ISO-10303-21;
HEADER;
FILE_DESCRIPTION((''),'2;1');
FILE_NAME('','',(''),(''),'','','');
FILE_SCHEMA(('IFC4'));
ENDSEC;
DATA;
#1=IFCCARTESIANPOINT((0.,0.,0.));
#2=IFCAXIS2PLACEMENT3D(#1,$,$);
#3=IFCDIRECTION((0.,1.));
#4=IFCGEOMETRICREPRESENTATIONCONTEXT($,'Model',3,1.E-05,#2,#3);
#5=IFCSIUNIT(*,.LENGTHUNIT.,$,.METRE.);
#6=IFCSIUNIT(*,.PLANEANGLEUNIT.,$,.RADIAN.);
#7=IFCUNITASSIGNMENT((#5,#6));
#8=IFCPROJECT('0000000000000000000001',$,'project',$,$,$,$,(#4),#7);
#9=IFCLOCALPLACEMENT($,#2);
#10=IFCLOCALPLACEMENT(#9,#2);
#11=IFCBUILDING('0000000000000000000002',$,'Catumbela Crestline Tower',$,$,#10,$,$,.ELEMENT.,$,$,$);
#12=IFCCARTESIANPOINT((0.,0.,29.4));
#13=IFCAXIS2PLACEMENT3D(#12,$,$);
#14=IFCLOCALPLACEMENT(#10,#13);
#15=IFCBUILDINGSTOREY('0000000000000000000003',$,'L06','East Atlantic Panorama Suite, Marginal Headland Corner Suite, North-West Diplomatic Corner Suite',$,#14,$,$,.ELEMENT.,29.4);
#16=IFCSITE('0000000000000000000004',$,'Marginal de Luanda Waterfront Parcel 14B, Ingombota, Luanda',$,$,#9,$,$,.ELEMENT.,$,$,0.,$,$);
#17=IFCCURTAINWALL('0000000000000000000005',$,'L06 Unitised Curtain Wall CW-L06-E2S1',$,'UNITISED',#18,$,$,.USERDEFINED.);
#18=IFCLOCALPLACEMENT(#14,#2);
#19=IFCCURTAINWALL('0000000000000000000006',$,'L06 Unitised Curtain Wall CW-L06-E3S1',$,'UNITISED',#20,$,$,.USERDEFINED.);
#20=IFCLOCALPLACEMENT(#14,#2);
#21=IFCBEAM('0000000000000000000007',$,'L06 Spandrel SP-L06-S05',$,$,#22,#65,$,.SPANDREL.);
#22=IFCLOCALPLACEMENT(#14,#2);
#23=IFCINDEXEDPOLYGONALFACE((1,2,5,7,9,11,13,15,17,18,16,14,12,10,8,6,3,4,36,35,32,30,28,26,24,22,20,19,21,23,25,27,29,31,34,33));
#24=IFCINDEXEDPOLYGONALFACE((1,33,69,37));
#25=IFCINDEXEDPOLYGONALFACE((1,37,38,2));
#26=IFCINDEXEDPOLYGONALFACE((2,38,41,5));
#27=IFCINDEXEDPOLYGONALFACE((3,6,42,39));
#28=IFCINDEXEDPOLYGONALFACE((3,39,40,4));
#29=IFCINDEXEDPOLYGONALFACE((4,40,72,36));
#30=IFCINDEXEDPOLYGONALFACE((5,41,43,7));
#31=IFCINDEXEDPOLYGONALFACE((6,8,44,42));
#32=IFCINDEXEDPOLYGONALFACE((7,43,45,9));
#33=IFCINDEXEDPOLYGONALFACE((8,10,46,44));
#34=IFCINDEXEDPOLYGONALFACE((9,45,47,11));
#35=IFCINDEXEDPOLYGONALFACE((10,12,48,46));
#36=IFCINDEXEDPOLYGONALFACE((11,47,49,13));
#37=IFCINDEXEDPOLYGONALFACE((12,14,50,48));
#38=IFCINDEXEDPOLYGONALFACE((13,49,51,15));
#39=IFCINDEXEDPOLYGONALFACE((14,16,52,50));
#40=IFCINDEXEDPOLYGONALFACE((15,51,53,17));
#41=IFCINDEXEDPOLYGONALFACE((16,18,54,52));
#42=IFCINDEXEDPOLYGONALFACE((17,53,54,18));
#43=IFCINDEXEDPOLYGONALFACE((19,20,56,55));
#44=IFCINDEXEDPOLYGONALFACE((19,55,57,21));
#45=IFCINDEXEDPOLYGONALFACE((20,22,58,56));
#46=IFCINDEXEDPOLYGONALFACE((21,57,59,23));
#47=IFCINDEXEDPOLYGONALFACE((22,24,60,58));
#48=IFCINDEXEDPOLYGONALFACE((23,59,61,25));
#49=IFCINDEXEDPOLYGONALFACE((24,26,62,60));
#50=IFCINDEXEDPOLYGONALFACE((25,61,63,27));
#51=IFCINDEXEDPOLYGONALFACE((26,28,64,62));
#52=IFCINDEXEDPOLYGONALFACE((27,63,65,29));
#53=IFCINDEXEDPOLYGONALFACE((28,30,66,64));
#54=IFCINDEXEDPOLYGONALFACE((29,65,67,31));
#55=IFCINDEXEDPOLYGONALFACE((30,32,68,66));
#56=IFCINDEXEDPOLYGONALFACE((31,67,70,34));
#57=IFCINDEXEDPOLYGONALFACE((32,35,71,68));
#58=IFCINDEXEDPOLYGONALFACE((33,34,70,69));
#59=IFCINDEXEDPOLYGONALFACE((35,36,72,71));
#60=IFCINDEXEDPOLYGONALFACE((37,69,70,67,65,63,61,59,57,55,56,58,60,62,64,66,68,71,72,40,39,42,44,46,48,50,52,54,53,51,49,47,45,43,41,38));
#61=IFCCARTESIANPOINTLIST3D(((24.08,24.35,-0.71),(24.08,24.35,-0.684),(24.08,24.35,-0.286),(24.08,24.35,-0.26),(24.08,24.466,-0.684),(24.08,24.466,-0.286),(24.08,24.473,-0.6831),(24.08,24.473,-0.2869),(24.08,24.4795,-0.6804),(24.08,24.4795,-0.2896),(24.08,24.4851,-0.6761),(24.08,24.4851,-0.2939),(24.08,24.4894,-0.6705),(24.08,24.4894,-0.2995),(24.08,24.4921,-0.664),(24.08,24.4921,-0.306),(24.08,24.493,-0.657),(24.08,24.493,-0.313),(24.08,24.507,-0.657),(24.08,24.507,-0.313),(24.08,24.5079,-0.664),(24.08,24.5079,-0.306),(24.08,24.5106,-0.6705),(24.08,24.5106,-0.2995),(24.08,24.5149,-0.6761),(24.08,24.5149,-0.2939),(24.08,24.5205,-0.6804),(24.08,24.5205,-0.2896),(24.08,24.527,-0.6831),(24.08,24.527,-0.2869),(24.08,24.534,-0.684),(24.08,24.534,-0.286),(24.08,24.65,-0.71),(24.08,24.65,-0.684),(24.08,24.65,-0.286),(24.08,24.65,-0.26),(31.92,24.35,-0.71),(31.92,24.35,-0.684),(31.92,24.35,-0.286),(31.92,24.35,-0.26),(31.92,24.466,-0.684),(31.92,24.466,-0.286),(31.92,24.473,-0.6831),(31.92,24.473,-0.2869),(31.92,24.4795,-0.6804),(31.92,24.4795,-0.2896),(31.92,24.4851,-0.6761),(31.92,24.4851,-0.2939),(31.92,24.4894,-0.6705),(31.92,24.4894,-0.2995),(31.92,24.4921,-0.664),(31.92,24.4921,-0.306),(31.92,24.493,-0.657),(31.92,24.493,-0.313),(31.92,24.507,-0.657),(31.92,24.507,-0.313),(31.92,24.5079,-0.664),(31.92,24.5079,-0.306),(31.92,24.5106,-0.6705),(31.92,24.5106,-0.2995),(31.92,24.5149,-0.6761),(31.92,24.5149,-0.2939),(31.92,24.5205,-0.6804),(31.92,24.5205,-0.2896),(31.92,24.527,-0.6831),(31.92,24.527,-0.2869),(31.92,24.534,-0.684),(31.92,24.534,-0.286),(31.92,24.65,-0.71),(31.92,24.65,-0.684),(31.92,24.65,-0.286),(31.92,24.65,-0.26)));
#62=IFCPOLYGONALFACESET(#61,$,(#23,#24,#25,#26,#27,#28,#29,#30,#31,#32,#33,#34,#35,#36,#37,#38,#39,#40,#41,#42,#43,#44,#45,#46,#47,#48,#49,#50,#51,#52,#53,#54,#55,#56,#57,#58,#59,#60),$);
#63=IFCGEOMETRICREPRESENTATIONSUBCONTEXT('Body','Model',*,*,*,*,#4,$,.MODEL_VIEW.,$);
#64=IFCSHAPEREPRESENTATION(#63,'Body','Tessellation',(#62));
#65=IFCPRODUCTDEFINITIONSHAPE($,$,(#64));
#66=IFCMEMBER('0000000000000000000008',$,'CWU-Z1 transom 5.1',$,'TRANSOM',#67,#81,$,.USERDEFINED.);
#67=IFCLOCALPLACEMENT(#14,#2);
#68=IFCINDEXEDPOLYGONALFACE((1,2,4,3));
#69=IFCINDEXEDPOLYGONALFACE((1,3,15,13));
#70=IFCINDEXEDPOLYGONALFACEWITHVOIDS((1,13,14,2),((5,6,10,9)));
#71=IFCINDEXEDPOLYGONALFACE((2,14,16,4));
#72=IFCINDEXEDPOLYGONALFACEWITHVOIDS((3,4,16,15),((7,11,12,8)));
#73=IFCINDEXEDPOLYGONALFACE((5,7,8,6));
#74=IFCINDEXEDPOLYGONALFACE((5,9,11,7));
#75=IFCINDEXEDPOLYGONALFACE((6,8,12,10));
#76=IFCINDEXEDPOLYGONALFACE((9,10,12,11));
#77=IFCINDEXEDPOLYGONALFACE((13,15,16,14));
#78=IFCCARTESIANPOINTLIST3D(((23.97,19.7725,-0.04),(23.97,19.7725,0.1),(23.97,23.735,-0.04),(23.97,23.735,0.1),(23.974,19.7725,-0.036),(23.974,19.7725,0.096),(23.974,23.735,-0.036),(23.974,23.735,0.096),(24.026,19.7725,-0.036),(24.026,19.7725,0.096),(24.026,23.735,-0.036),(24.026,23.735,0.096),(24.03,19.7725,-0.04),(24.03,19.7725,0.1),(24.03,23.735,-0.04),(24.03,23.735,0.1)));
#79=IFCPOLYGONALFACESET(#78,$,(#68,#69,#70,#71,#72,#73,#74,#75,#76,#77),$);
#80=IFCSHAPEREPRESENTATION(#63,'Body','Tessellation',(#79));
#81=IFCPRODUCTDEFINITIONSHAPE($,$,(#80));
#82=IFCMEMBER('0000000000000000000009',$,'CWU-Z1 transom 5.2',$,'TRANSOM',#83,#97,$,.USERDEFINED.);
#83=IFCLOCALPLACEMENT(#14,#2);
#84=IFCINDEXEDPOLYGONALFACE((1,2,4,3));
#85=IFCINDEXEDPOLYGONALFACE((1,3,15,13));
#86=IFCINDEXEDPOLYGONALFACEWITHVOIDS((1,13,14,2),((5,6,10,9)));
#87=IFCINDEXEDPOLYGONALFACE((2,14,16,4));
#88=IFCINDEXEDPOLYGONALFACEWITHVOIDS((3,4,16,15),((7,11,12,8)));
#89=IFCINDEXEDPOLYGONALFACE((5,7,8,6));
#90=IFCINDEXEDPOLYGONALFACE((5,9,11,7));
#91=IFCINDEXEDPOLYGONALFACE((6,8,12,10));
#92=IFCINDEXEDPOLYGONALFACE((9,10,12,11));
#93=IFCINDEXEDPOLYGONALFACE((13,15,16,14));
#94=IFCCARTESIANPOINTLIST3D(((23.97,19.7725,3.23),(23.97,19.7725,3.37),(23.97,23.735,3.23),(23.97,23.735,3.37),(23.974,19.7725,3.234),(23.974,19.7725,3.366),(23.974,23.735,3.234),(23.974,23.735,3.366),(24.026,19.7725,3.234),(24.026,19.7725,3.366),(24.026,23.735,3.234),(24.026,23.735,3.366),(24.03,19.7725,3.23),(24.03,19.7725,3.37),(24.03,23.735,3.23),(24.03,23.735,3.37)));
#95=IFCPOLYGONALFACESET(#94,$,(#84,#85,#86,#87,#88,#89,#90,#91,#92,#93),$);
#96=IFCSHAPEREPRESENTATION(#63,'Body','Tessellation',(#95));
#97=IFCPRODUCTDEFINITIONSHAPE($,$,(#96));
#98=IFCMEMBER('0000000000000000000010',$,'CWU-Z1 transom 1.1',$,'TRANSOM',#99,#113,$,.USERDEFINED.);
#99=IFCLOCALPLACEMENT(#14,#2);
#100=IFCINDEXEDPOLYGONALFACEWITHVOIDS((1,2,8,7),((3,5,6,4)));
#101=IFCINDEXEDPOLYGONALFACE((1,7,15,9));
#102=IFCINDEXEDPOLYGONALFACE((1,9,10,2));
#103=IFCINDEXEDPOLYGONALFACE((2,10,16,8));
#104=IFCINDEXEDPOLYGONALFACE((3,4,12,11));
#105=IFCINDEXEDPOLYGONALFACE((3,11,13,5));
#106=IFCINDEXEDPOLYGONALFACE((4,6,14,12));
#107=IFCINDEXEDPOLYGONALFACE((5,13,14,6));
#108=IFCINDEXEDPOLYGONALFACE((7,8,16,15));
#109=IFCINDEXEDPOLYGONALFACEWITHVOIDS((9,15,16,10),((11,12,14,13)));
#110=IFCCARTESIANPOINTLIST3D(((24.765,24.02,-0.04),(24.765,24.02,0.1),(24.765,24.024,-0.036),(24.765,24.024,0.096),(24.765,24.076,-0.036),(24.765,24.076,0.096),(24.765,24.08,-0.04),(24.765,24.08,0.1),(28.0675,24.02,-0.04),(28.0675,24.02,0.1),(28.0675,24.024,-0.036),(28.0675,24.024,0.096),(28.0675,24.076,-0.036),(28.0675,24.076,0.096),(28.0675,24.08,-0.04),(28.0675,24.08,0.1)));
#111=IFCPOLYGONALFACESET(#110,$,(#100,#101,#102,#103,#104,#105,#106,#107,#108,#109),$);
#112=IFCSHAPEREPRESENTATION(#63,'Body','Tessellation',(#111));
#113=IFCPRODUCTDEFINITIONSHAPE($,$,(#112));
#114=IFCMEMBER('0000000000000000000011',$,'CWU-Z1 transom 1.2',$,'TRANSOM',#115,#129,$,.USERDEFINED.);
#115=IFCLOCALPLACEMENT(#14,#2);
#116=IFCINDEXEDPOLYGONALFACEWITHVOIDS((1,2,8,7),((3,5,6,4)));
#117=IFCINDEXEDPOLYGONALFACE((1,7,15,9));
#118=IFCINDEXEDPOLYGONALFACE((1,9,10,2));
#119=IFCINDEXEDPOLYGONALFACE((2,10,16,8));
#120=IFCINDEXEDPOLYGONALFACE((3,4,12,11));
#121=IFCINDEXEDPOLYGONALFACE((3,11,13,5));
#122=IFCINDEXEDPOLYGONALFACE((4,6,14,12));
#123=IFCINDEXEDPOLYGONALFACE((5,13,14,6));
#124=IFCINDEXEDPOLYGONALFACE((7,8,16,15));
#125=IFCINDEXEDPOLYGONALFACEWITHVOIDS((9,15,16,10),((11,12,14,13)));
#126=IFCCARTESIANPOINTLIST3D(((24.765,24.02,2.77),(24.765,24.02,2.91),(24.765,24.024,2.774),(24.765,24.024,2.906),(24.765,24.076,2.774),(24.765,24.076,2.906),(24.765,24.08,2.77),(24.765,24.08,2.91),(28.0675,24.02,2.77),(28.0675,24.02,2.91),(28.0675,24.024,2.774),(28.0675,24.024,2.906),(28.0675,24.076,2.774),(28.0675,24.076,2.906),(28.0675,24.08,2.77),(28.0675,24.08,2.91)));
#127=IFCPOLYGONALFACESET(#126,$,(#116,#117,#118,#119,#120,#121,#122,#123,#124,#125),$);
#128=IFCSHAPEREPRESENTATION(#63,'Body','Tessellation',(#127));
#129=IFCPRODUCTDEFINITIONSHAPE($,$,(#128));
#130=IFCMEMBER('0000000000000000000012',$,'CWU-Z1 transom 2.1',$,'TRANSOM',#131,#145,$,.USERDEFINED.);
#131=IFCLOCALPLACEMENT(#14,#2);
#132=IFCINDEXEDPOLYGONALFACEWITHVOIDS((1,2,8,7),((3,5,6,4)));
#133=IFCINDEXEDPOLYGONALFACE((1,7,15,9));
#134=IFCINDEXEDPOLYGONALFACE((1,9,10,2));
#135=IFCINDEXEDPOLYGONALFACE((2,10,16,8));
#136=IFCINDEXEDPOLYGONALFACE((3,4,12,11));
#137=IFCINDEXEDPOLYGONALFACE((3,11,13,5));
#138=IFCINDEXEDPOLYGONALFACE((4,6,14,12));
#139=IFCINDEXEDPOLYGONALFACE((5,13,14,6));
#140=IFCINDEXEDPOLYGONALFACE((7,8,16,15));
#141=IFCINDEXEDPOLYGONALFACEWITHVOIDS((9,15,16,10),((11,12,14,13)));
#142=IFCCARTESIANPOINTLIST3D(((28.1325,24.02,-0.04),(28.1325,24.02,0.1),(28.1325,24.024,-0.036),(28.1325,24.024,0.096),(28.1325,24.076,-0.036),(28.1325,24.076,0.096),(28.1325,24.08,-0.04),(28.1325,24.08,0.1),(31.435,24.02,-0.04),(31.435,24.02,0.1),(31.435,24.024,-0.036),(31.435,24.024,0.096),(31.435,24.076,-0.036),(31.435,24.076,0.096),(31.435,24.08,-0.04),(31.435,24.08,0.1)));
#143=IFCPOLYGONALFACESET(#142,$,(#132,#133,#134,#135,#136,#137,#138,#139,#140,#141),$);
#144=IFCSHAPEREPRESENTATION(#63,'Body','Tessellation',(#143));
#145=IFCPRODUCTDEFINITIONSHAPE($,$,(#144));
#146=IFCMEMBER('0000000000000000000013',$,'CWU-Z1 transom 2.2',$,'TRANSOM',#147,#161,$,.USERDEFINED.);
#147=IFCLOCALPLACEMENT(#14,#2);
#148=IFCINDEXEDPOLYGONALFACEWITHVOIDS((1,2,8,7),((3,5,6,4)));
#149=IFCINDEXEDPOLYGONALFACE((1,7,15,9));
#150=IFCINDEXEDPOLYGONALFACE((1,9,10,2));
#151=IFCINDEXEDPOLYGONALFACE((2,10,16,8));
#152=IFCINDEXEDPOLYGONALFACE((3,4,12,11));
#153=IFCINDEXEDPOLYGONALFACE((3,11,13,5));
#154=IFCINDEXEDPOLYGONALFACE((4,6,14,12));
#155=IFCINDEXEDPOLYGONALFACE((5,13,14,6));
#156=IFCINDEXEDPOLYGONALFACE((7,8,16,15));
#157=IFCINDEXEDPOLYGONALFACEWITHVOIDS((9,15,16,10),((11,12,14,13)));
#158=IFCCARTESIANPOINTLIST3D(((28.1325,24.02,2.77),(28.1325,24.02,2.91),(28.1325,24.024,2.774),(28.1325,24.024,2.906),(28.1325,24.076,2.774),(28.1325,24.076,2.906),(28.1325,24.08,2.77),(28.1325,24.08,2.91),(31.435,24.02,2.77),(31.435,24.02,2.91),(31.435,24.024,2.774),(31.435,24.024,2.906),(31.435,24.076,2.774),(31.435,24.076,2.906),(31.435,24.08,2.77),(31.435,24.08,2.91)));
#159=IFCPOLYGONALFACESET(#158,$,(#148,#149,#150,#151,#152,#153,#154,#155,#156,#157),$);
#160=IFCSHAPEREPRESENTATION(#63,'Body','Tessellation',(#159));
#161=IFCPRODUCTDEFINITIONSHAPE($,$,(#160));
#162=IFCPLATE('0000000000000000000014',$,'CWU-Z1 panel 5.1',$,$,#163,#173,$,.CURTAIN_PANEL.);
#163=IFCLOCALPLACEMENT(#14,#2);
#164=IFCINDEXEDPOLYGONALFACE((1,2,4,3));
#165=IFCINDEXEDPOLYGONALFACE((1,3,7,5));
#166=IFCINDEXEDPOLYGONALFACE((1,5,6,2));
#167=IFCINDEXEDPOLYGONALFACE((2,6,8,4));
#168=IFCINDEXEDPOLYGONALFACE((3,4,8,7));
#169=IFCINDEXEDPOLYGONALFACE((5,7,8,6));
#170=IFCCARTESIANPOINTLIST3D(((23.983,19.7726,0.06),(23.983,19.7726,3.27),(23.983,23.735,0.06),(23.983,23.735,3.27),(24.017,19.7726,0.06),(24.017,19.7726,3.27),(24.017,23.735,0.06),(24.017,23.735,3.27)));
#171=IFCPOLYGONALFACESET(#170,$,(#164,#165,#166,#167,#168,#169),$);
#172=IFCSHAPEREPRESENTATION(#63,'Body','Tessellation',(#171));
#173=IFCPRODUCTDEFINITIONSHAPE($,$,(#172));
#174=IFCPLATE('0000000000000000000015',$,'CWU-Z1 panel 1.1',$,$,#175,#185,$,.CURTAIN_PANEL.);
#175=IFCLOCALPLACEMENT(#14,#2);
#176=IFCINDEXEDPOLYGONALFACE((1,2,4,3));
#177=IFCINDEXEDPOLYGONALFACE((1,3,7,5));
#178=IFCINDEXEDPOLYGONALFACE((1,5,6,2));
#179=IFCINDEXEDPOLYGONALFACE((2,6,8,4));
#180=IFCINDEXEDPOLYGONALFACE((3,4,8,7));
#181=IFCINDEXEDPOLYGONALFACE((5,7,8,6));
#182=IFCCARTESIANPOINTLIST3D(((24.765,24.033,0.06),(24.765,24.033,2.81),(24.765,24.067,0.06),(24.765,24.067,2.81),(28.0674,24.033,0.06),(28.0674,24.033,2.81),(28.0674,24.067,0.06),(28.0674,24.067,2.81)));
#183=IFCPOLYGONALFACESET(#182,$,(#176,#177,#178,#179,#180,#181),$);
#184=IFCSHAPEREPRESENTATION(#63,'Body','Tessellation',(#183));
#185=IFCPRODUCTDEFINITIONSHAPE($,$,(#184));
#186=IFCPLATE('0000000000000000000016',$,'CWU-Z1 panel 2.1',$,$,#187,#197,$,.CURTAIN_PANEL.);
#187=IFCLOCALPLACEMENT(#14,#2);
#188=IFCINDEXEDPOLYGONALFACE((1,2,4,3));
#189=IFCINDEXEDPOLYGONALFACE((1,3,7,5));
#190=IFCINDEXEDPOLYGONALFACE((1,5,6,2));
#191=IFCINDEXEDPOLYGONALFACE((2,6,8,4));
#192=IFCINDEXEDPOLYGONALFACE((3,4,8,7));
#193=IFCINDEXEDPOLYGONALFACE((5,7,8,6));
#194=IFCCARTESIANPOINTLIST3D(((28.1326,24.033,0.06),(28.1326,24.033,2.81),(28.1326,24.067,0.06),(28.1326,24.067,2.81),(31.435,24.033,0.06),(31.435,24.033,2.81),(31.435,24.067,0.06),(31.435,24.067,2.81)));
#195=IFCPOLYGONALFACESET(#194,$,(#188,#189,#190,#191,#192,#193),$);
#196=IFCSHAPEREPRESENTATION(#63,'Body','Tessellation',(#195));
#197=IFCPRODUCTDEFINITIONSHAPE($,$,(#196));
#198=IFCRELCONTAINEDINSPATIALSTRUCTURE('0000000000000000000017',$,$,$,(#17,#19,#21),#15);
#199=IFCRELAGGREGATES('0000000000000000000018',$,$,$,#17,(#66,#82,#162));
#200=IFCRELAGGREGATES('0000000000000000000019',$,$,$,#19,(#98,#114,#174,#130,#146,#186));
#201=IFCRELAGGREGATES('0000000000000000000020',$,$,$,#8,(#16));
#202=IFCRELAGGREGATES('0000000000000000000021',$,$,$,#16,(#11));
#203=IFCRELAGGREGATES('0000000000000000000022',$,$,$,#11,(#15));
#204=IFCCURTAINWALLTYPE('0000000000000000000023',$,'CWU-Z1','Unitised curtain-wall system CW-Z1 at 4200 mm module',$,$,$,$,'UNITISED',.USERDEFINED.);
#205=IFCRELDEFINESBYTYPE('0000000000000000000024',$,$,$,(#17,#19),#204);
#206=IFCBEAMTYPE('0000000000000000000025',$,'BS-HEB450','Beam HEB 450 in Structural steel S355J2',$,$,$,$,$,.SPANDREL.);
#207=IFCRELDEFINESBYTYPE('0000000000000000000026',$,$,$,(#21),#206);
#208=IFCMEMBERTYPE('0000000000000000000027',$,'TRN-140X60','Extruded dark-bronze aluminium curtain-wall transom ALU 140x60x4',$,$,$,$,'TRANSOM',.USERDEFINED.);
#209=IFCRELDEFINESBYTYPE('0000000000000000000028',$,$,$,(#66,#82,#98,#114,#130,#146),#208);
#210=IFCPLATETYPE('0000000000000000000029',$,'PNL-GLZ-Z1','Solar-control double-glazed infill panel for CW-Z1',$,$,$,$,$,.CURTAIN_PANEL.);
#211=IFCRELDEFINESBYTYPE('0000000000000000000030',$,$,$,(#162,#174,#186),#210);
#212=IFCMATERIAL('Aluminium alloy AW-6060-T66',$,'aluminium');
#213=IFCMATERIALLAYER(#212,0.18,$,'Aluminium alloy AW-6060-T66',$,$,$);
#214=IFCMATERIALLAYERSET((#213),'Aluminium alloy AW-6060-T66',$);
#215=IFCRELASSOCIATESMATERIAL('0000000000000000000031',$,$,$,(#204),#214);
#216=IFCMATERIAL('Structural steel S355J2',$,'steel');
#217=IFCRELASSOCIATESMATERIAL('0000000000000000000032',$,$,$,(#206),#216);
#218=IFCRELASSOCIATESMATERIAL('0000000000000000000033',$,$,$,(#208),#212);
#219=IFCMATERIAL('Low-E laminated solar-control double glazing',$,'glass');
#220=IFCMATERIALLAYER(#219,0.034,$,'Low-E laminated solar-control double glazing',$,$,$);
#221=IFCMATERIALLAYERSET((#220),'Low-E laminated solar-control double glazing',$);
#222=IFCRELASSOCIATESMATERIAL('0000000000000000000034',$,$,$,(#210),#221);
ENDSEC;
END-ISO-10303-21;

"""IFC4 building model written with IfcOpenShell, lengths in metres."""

from ifc_helpers import new_model, si_unit, direction, frame, origin, origin_2d, place, context, subcontext, project, spatial, rectangle, hollow_rectangle, i_section, extrude, material, layer, layer_set, material_profile, profile_set, type_object, element, aggregate, save


model = new_model("IFC4")

# Units and contexts
model_context = context("Model", 3, precision=1e-05, world=origin(), true_north=direction((0.0, 1.0)))
body_context = subcontext(model_context, "Body", "Model", "MODEL_VIEW")
ifc_project = project(units=[si_unit("LENGTHUNIT", "METRE"), si_unit("PLANEANGLEUNIT", "RADIAN")], contexts=[model_context])

# Site, building, storey
site_placement = place(None, origin())
site = spatial("IfcSite", under=ifc_project, at=site_placement, Name="Marginal de Luanda Waterfront Parcel 14B, Ingombota, Luanda", CompositionType="ELEMENT", RefElevation=0.0)
building_placement = place(site_placement, origin())
building = spatial("IfcBuilding", under=site, at=building_placement, Name="Catumbela Crestline Tower", CompositionType="ELEMENT")
storey_placement = place(building_placement, frame((0.0, 0.0, 29.4)))
storey = spatial("IfcBuildingStorey", under=building, at=storey_placement, Name="L06", Description="East Atlantic Panorama Suite, Marginal Headland Corner Suite, North-West Diplomatic Corner Suite", CompositionType="ELEMENT", Elevation=29.4)

# Shared definitions
ifc_material_1 = material(Name="Structural steel S355J2", Category="steel")

# Curtain walls
ifc_material_2 = material(Name="Aluminium alloy AW-6060-T66", Category="aluminium")
ifc_layer_1 = layer(ifc_material_2, 0.18, Name="Aluminium alloy AW-6060-T66")
ifc_layer_set_1 = layer_set([ifc_layer_1], Name="Aluminium alloy AW-6060-T66")
curtain_wall_type = type_object("IfcCurtainWallType", Name="CWU-Z1", Description="Unitised curtain-wall system CW-Z1 at 4200 mm module", ElementType="UNITISED", PredefinedType="USERDEFINED", material=ifc_layer_set_1)
curtain_wall_1_placement = place(storey_placement, origin())
curtain_wall_1 = element("IfcCurtainWall", 1, at=curtain_wall_1_placement, inside=storey, type_object=curtain_wall_type, Name="L06 Unitised Curtain Wall CW-L06-E2S1", ObjectType="UNITISED", PredefinedType="USERDEFINED")
curtain_wall_2_placement = place(storey_placement, origin())
curtain_wall_2 = element("IfcCurtainWall", 2, at=curtain_wall_2_placement, inside=storey, type_object=curtain_wall_type, Name="L06 Unitised Curtain Wall CW-L06-E3S1", ObjectType="UNITISED", PredefinedType="USERDEFINED")

# Beam
ifc_material_profile_1 = material_profile(ifc_material_1, i_section(OverallWidth=0.3, OverallDepth=0.45, WebThickness=0.014, FlangeThickness=0.026, FilletRadius=0.027, at=origin_2d()), Name="HEB 450")
ifc_profile_set_1 = profile_set([ifc_material_profile_1], Name="Structural steel S355J2")
beam_type_1 = type_object("IfcBeamType", Name="BS-HEB450", Description="Beam HEB 450 in Structural steel S355J2", PredefinedType="SPANDREL", material=ifc_profile_set_1)
beam_1_placement = place(storey_placement, frame((24.08, 24.5, -0.485), z_axis=(1.0, 0.0, 0.0), x_axis=(0.0, 1.0, 0.0)))
element("IfcBeam", 3, at=beam_1_placement, inside=storey, type_object=beam_type_1, Name="L06 Spandrel SP-L06-S05", PredefinedType="SPANDREL", context=body_context, shape_type="SweptSolid", body=[
    extrude(i_section(OverallWidth=0.3, OverallDepth=0.45, WebThickness=0.014, FlangeThickness=0.026, FilletRadius=0.027, at=origin_2d()), origin(), (0.0, 0.0, 1.0), 7.84),
])

# Members
ifc_material_profile_2 = material_profile(ifc_material_2, hollow_rectangle(XDim=0.06, YDim=0.14, WallThickness=0.004, at=origin_2d()), Name="ALU 140x60x4")
ifc_profile_set_2 = profile_set([ifc_material_profile_2], Name="Aluminium alloy AW-6060-T66")
member_type_1 = type_object("IfcMemberType", Name="TRN-140X60", Description="Extruded dark-bronze aluminium curtain-wall transom ALU 140x60x4", ElementType="TRANSOM", PredefinedType="USERDEFINED", material=ifc_profile_set_2)
member_1_placement = place(storey_placement, frame((24.0, 19.7725, 0.03), z_axis=(0.0, 1.0, 0.0), x_axis=(-1.0, 0.0, 0.0)))
member_1 = element("IfcMember", 4, at=member_1_placement, type_object=member_type_1, Name="CWU-Z1 transom 5.1", ObjectType="TRANSOM", PredefinedType="USERDEFINED", context=body_context, shape_type="SweptSolid", body=[
    extrude(hollow_rectangle(XDim=0.06, YDim=0.14, WallThickness=0.004, at=origin_2d()), origin(), (0.0, 0.0, 1.0), 3.9625),
])
member_2_placement = place(storey_placement, frame((24.0, 19.7725, 3.3), z_axis=(0.0, 1.0, 0.0), x_axis=(-1.0, 0.0, 0.0)))
member_2 = element("IfcMember", 5, at=member_2_placement, type_object=member_type_1, Name="CWU-Z1 transom 5.2", ObjectType="TRANSOM", PredefinedType="USERDEFINED", context=body_context, shape_type="SweptSolid", body=[
    extrude(hollow_rectangle(XDim=0.06, YDim=0.14, WallThickness=0.004, at=origin_2d()), origin(), (0.0, 0.0, 1.0), 3.9625),
])
member_3_placement = place(storey_placement, frame((24.765, 24.05, 0.03), z_axis=(1.0, 0.0, 0.0), x_axis=(0.0, 1.0, 0.0)))
member_3 = element("IfcMember", 6, at=member_3_placement, type_object=member_type_1, Name="CWU-Z1 transom 1.1", ObjectType="TRANSOM", PredefinedType="USERDEFINED", context=body_context, shape_type="SweptSolid", body=[
    extrude(hollow_rectangle(XDim=0.06, YDim=0.14, WallThickness=0.004, at=origin_2d()), origin(), (0.0, 0.0, 1.0), 3.3025),
])
member_4_placement = place(storey_placement, frame((24.765, 24.05, 2.84), z_axis=(1.0, 0.0, 0.0), x_axis=(0.0, 1.0, 0.0)))
member_4 = element("IfcMember", 7, at=member_4_placement, type_object=member_type_1, Name="CWU-Z1 transom 1.2", ObjectType="TRANSOM", PredefinedType="USERDEFINED", context=body_context, shape_type="SweptSolid", body=[
    extrude(hollow_rectangle(XDim=0.06, YDim=0.14, WallThickness=0.004, at=origin_2d()), origin(), (0.0, 0.0, 1.0), 3.3025),
])
member_5_placement = place(storey_placement, frame((28.1325, 24.05, 0.03), z_axis=(1.0, 0.0, 0.0), x_axis=(0.0, 1.0, 0.0)))
member_5 = element("IfcMember", 8, at=member_5_placement, type_object=member_type_1, Name="CWU-Z1 transom 2.1", ObjectType="TRANSOM", PredefinedType="USERDEFINED", context=body_context, shape_type="SweptSolid", body=[
    extrude(hollow_rectangle(XDim=0.06, YDim=0.14, WallThickness=0.004, at=origin_2d()), origin(), (0.0, 0.0, 1.0), 3.3025),
])
member_6_placement = place(storey_placement, frame((28.1325, 24.05, 2.84), z_axis=(1.0, 0.0, 0.0), x_axis=(0.0, 1.0, 0.0)))
member_6 = element("IfcMember", 9, at=member_6_placement, type_object=member_type_1, Name="CWU-Z1 transom 2.2", ObjectType="TRANSOM", PredefinedType="USERDEFINED", context=body_context, shape_type="SweptSolid", body=[
    extrude(hollow_rectangle(XDim=0.06, YDim=0.14, WallThickness=0.004, at=origin_2d()), origin(), (0.0, 0.0, 1.0), 3.3025),
])

# Plates
ifc_material_3 = material(Name="Low-E laminated solar-control double glazing", Category="glass")
ifc_layer_2 = layer(ifc_material_3, 0.034, Name="Low-E laminated solar-control double glazing")
ifc_layer_set_2 = layer_set([ifc_layer_2], Name="Low-E laminated solar-control double glazing")
plate_type = type_object("IfcPlateType", Name="PNL-GLZ-Z1", Description="Solar-control double-glazed infill panel for CW-Z1", PredefinedType="CURTAIN_PANEL", material=ifc_layer_set_2)
plate_1_placement = place(storey_placement, frame((24.0, 21.7538, 0.06), z_axis=(0.0, 0.0, 1.0), x_axis=(0.0, 1.0, 0.0)))
plate_1 = element("IfcPlate", 10, at=plate_1_placement, type_object=plate_type, Name="CWU-Z1 panel 5.1", PredefinedType="CURTAIN_PANEL", context=body_context, shape_type="SweptSolid", body=[
    extrude(rectangle(XDim=3.9625, YDim=0.034, at=origin_2d()), origin(), (0.0, 0.0, 1.0), 3.21),
])
aggregate(curtain_wall_1, [member_1, member_2, plate_1])
plate_2_placement = place(storey_placement, frame((26.4162, 24.05, 0.06), z_axis=(0.0, 0.0, 1.0), x_axis=(1.0, 0.0, 0.0)))
plate_2 = element("IfcPlate", 11, at=plate_2_placement, type_object=plate_type, Name="CWU-Z1 panel 1.1", PredefinedType="CURTAIN_PANEL", context=body_context, shape_type="SweptSolid", body=[
    extrude(rectangle(XDim=3.3025, YDim=0.034, at=origin_2d()), origin(), (0.0, 0.0, 1.0), 2.75),
])
plate_3_placement = place(storey_placement, frame((29.7838, 24.05, 0.06), z_axis=(0.0, 0.0, 1.0), x_axis=(1.0, 0.0, 0.0)))
plate_3 = element("IfcPlate", 12, at=plate_3_placement, type_object=plate_type, Name="CWU-Z1 panel 2.1", PredefinedType="CURTAIN_PANEL", context=body_context, shape_type="SweptSolid", body=[
    extrude(rectangle(XDim=3.3025, YDim=0.034, at=origin_2d()), origin(), (0.0, 0.0, 1.0), 2.75),
])
aggregate(curtain_wall_2, [member_3, member_4, plate_2, member_5, member_6, plate_3])

save(model, "model.ifc")
